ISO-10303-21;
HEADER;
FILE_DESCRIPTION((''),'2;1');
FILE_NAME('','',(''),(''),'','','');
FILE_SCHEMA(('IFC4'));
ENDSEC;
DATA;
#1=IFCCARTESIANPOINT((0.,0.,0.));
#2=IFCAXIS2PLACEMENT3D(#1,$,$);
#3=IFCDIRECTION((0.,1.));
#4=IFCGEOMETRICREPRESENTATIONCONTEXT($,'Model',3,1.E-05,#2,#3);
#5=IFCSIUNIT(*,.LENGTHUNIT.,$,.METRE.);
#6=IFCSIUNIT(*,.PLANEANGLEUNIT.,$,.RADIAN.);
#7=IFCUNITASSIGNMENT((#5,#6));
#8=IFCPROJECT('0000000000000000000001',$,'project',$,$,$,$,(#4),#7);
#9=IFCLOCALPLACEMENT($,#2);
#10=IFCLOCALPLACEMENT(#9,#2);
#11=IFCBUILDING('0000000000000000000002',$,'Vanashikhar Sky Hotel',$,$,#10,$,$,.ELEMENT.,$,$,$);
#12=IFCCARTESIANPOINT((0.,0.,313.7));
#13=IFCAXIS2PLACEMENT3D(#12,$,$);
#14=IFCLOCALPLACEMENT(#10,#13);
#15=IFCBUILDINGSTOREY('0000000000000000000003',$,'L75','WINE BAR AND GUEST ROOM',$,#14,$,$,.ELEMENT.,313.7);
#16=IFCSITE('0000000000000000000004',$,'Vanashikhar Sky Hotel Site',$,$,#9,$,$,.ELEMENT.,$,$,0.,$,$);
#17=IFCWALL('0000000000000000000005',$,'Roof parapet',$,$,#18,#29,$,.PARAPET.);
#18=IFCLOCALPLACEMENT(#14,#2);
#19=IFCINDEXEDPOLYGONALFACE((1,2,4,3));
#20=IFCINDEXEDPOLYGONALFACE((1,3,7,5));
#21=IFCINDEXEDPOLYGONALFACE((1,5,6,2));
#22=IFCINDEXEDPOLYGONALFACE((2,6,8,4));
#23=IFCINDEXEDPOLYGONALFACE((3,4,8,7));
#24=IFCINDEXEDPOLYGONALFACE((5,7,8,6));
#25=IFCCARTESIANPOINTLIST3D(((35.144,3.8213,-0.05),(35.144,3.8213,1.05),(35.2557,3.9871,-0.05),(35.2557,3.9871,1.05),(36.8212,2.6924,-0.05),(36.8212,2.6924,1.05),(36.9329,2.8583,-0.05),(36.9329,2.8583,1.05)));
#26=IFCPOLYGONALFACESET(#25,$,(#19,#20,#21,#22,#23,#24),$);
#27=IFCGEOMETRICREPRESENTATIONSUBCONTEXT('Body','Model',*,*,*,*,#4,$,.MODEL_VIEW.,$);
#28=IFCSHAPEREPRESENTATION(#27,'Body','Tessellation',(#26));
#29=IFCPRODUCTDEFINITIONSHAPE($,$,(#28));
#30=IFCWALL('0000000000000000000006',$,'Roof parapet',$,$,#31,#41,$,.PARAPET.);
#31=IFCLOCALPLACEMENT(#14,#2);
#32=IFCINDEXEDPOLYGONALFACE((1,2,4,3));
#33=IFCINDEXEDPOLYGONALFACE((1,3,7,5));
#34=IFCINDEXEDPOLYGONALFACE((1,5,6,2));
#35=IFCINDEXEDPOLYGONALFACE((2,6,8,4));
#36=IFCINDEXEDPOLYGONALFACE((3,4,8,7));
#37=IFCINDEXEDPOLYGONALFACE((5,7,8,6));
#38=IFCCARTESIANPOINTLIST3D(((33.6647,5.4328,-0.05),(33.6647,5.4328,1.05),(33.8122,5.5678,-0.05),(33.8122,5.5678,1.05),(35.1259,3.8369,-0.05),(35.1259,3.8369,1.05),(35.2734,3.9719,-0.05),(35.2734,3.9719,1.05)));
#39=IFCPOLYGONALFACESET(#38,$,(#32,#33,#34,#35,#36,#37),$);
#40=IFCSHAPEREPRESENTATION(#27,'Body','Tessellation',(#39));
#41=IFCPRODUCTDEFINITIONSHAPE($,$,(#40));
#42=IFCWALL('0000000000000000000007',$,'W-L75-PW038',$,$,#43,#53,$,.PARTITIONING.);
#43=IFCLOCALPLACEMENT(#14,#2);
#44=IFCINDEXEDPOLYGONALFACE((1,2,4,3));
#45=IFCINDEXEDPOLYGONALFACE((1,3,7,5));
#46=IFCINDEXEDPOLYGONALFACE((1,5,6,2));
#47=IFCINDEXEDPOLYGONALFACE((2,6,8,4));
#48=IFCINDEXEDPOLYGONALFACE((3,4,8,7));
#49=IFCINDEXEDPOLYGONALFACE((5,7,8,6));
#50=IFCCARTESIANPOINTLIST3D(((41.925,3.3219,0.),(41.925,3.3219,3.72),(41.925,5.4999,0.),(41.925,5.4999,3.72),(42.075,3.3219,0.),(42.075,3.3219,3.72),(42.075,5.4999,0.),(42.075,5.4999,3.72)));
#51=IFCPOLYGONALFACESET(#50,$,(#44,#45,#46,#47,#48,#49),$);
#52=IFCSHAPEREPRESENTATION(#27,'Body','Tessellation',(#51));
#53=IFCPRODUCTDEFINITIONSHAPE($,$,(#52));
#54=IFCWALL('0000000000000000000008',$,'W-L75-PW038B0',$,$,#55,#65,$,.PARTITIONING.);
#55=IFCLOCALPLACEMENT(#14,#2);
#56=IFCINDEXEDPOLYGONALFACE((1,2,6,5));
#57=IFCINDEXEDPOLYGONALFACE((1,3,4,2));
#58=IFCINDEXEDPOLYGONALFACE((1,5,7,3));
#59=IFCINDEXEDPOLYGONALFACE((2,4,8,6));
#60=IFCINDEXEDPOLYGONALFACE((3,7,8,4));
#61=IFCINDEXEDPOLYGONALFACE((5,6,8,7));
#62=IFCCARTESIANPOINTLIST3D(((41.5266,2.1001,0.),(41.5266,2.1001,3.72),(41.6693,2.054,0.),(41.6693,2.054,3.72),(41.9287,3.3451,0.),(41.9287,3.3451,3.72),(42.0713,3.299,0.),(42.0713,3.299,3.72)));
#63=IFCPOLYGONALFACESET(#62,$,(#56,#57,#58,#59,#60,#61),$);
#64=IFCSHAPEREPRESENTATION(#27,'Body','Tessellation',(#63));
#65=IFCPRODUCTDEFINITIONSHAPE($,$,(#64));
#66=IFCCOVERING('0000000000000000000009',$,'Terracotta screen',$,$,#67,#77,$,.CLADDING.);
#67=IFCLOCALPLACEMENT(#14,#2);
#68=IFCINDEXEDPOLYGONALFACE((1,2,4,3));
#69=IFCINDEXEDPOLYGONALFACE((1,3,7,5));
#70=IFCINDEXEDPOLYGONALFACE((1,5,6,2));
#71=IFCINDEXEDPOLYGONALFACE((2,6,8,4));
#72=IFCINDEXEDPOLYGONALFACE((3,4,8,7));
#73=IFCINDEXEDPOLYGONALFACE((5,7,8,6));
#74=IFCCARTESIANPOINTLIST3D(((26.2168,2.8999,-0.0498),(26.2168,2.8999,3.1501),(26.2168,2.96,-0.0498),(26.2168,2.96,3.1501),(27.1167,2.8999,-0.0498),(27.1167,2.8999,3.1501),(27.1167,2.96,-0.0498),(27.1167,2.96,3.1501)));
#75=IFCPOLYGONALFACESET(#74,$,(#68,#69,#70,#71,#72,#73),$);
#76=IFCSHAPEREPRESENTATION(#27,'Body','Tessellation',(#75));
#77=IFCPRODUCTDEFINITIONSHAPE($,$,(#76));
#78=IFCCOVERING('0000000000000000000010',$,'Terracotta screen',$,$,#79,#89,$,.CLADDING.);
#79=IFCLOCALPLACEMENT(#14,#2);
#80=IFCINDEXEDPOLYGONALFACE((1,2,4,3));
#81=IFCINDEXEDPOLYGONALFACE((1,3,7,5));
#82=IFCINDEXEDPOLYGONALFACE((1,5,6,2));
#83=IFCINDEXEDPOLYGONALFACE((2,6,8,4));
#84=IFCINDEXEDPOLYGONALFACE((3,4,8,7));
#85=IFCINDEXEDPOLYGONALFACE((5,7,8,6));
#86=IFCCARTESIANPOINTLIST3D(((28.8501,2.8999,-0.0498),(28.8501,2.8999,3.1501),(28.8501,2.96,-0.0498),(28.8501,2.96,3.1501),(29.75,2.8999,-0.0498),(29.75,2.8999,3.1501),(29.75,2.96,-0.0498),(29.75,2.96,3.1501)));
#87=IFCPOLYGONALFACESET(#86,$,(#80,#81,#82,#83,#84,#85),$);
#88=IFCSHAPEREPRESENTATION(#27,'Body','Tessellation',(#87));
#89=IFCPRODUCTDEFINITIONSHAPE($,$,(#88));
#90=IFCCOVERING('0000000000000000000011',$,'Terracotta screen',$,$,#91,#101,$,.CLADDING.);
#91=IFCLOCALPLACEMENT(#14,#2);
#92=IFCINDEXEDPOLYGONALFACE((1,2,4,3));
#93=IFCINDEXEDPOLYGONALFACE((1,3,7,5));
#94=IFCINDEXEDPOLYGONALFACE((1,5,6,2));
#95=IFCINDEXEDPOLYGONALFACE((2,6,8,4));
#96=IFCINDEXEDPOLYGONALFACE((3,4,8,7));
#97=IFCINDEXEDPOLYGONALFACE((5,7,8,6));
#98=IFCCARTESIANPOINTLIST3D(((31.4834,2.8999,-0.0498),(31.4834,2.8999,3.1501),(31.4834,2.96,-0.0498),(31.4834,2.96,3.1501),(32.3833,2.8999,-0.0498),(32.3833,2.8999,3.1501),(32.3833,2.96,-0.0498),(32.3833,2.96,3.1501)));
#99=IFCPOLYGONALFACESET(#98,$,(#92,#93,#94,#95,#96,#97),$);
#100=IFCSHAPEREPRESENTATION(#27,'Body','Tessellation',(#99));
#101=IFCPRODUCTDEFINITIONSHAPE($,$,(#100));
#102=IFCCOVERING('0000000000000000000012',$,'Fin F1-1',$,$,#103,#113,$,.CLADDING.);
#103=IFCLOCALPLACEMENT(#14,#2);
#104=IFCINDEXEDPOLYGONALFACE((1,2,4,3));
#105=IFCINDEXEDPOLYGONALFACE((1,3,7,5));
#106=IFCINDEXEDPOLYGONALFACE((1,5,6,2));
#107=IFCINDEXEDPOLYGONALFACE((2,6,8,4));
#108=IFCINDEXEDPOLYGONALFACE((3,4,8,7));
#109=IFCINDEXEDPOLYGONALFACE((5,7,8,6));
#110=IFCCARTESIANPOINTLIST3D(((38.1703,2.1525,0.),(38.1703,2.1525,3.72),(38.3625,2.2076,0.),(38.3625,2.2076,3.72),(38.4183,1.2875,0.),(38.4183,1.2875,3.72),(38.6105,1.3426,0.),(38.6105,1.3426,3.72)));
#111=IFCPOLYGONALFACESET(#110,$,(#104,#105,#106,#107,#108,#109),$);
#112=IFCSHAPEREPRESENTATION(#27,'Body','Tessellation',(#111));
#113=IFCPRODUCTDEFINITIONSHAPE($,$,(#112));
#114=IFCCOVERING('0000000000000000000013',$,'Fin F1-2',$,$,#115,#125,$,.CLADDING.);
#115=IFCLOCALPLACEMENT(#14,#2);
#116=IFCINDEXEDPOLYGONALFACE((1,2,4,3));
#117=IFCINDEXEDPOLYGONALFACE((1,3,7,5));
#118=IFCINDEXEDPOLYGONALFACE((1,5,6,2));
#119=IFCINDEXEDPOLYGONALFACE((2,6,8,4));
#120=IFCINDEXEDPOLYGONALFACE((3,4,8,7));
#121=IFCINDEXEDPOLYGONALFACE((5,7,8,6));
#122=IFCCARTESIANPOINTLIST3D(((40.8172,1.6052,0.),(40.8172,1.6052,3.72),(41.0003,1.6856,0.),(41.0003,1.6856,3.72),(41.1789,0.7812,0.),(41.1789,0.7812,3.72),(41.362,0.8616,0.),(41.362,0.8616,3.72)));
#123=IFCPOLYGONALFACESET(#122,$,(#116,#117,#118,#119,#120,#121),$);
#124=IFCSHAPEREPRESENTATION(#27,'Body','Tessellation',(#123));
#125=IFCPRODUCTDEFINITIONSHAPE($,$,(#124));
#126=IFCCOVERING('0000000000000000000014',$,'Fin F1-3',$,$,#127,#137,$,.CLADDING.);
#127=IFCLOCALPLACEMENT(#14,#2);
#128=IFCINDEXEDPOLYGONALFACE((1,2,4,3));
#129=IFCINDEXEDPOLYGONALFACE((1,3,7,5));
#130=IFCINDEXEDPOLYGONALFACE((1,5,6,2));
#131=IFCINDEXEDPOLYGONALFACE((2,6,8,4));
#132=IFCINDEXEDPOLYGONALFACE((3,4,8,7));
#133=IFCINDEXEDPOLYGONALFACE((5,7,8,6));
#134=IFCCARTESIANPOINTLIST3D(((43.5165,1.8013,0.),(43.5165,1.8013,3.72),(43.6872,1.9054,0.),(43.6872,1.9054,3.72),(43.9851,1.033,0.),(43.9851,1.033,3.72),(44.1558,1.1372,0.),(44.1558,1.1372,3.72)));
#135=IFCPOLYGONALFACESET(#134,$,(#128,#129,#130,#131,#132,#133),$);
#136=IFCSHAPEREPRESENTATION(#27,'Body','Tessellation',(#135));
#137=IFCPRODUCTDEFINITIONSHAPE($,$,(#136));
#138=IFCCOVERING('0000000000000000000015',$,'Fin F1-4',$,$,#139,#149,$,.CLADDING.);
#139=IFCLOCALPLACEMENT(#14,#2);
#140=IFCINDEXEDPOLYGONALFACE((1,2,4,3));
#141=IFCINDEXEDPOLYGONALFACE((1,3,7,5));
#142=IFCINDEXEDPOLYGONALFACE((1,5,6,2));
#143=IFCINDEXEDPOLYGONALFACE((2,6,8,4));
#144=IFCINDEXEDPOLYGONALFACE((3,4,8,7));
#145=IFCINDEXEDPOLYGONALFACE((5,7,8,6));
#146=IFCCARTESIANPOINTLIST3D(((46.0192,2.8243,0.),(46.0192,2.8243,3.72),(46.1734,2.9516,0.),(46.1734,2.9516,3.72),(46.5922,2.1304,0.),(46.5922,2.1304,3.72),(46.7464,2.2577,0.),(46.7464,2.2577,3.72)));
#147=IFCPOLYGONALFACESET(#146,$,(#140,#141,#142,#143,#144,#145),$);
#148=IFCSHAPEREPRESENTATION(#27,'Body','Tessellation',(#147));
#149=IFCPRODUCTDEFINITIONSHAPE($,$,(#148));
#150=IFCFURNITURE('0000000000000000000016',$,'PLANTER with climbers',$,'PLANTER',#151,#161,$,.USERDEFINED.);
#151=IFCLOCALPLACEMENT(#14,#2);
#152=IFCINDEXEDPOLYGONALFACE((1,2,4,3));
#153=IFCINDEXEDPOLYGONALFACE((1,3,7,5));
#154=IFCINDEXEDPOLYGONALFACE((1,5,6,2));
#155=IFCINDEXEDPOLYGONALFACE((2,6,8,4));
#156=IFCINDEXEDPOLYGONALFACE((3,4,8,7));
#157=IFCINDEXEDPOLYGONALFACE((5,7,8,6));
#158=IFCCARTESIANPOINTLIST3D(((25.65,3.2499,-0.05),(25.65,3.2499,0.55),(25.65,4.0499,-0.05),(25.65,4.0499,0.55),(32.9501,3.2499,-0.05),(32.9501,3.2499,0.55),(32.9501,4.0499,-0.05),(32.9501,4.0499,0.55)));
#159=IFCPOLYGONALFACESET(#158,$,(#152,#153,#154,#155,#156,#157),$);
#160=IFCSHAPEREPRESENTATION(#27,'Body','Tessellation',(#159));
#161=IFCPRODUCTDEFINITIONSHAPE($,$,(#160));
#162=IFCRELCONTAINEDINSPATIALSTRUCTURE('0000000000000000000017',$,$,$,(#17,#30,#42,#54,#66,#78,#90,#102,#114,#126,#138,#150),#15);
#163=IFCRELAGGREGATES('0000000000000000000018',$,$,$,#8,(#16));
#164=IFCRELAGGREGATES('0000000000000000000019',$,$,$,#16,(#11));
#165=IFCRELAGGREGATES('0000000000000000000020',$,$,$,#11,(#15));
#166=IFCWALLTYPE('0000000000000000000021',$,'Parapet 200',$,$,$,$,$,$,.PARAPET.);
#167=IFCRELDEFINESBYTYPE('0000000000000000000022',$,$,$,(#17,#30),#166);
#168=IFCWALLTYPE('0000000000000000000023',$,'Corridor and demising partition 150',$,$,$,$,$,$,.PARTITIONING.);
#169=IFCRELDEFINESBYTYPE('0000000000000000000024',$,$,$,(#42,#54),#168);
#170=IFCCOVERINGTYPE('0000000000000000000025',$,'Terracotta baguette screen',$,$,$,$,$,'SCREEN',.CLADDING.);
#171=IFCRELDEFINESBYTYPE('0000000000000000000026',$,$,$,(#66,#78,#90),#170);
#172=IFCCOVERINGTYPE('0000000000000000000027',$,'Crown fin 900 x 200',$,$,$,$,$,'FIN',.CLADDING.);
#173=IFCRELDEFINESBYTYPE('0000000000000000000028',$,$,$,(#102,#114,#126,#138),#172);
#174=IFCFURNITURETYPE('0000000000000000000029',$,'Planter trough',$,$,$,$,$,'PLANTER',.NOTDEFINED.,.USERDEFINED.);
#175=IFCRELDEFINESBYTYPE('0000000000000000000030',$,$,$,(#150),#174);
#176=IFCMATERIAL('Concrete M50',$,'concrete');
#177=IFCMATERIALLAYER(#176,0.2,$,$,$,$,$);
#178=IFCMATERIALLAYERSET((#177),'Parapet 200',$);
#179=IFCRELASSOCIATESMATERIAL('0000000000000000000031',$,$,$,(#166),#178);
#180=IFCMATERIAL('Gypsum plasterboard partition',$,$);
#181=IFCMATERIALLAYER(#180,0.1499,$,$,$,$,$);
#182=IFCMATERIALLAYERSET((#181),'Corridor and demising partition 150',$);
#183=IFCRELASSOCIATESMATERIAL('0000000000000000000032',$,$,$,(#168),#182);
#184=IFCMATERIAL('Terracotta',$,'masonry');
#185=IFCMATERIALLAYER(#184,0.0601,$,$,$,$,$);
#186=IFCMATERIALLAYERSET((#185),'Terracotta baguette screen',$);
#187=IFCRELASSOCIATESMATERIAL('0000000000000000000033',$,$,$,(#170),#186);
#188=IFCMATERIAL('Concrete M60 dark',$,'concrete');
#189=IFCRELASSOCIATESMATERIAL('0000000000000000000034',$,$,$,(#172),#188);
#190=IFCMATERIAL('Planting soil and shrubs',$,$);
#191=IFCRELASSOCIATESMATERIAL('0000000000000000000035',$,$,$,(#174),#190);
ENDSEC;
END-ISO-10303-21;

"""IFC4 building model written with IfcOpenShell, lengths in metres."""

from ifc_helpers import new_model, si_unit, direction, frame, frame_2d, origin, origin_2d, place, context, subcontext, project, spatial, rectangle, extrude, source, transform, mapped, material, layer, layer_set, material_profile, profile_set, type_object, element, save


model = new_model("IFC4")

# Units and contexts
model_context = context("Model", 3, precision=1e-05, world=origin(), true_north=direction((0.0, 1.0)))
body_context = subcontext(model_context, "Body", "Model", "MODEL_VIEW")
ifc_project = project(units=[si_unit("LENGTHUNIT", "METRE"), si_unit("PLANEANGLEUNIT", "RADIAN")], contexts=[model_context])

# Site, building, storey
site_placement = place(None, origin())
site = spatial("IfcSite", under=ifc_project, at=site_placement, Name="Vanashikhar Sky Hotel Site", CompositionType="ELEMENT", RefElevation=0.0)
building_placement = place(site_placement, origin())
building = spatial("IfcBuilding", under=site, at=building_placement, Name="Vanashikhar Sky Hotel", CompositionType="ELEMENT")
storey_placement = place(building_placement, frame((0.0, 0.0, 313.7)))
storey = spatial("IfcBuildingStorey", under=building, at=storey_placement, Name="L75", Description="WINE BAR AND GUEST ROOM", CompositionType="ELEMENT", Elevation=313.7)

# Shared definitions
ifc_material_1 = material(Name="Concrete M50", Category="concrete")

# Walls
ifc_layer_1 = layer(ifc_material_1, 0.2)
ifc_layer_set_1 = layer_set([ifc_layer_1], Name="Parapet 200")
wall_type_1 = type_object("IfcWallType", Name="Parapet 200", PredefinedType="PARAPET", material=ifc_layer_set_1)
shared_shape_1 = source(origin(), body_context, "Body", "SweptSolid", [
    extrude(rectangle(XDim=2.0217, YDim=0.2, at=frame_2d((1.0107, 0.0))), origin(), (0.0, 0.0, 1.0), 1.1001),
])
wall_1_placement = place(storey_placement, frame((36.877, 2.7754, -0.05), z_axis=(0.0, 0.0, 1.0), x_axis=(-0.82959, 0.558373, 0.0)))
element("IfcWall", 1, at=wall_1_placement, inside=storey, type_object=wall_type_1, Name="Roof parapet", PredefinedType="PARAPET", context=body_context, shape_type="MappedRepresentation", body=[
    mapped(shared_shape_1, transform((0.0, 0.0, 0.0), scale=1.0)),
])
shared_shape_2 = source(origin(), body_context, "Body", "SweptSolid", [
    extrude(rectangle(XDim=2.1638, YDim=0.2, at=frame_2d((1.082, 0.0))), origin(), (0.0, 0.0, 1.0), 1.1001),
])
wall_2_placement = place(storey_placement, frame((35.1997, 3.9043, -0.05), z_axis=(0.0, 0.0, 1.0), x_axis=(-0.67528, 0.737561, 0.0)))
element("IfcWall", 2, at=wall_2_placement, inside=storey, type_object=wall_type_1, Name="Roof parapet", PredefinedType="PARAPET", context=body_context, shape_type="MappedRepresentation", body=[
    mapped(shared_shape_2, transform((0.0, 0.0, 0.0), scale=1.0)),
])
ifc_material_2 = material(Name="Gypsum plasterboard partition")
ifc_layer_2 = layer(ifc_material_2, 0.1499)
ifc_layer_set_2 = layer_set([ifc_layer_2], Name="Corridor and demising partition 150")
wall_type_2 = type_object("IfcWallType", Name="Corridor and demising partition 150", PredefinedType="PARTITIONING", material=ifc_layer_set_2)
shared_shape_3 = source(origin(), body_context, "Body", "SweptSolid", [
    extrude(rectangle(XDim=2.178, YDim=0.1499, at=frame_2d((1.0889, 0.0))), origin(), (0.0, 0.0, 1.0), 3.72),
])
wall_3_placement = place(storey_placement, frame((42.0, 3.322, 0.0), z_axis=(0.0, 0.0, 1.0), x_axis=(0.0, 1.0, 0.0)))
element("IfcWall", 3, at=wall_3_placement, inside=storey, type_object=wall_type_2, Name="W-L75-PW038", PredefinedType="PARTITIONING", context=body_context, shape_type="MappedRepresentation", body=[
    mapped(shared_shape_3, transform((0.0, 0.0, 0.0), scale=1.0)),
])
shared_shape_4 = source(origin(), body_context, "Body", "SweptSolid", [
    extrude(rectangle(XDim=1.3083, YDim=0.1499, at=frame_2d((0.6543, 0.0))), origin(), (0.0, 0.0, 1.0), 3.72),
])
wall_4_placement = place(storey_placement, frame((41.5979, 2.0769, 0.0), z_axis=(0.0, 0.0, 1.0), x_axis=(0.307314, 0.951608, 0.0)))
element("IfcWall", 4, at=wall_4_placement, inside=storey, type_object=wall_type_2, Name="W-L75-PW038B0", PredefinedType="PARTITIONING", context=body_context, shape_type="MappedRepresentation", body=[
    mapped(shared_shape_4, transform((0.0, 0.0, 0.0), scale=1.0)),
])

# Coverings
ifc_material_3 = material(Name="Terracotta", Category="masonry")
ifc_layer_3 = layer(ifc_material_3, 0.0601)
ifc_layer_set_3 = layer_set([ifc_layer_3], Name="Terracotta baguette screen")
covering_type_1 = type_object("IfcCoveringType", Name="Terracotta baguette screen", ElementType="SCREEN", PredefinedType="CLADDING", material=ifc_layer_set_3)
shared_shape_5 = source(origin(), body_context, "Body", "SweptSolid", [
    extrude(rectangle(XDim=0.8999, YDim=0.0601, at=origin_2d()), origin(), (0.0, 0.0, 1.0), 3.2),
])
for number, where, z_axis, x_axis, name in (
    (5, (26.6667, 2.9299, -0.0498), (0.0, 0.0, 1.0), (1.0, 0.0, 0.0), "Terracotta screen"),
    (6, (29.3, 2.9299, -0.0498), (0.0, 0.0, 1.0), (1.0, 0.0, 0.0), "Terracotta screen"),
    (7, (31.9333, 2.9299, -0.0498), (0.0, 0.0, 1.0), (1.0, 0.0, 0.0), "Terracotta screen"),
):
    element("IfcCovering", number, at=place(storey_placement, frame(where, z_axis=z_axis, x_axis=x_axis)), inside=storey, type_object=covering_type_1, Name=name, PredefinedType="CLADDING", context=body_context, shape_type="MappedRepresentation", body=[
        mapped(shared_shape_5, transform((0.0, 0.0, 0.0), scale=1.0)),
    ])
ifc_material_4 = material(Name="Concrete M60 dark", Category="concrete")
ifc_material_profile = material_profile(ifc_material_4, rectangle(XDim=0.8999, YDim=0.2, at=origin_2d()))
ifc_profile_set = profile_set([ifc_material_profile], Name="Crown fin 900 x 200")
covering_type_2 = type_object("IfcCoveringType", Name="Crown fin 900 x 200", ElementType="FIN", PredefinedType="CLADDING", material=ifc_profile_set)
shared_shape_6 = source(origin(), body_context, "Body", "SweptSolid", [
    extrude(rectangle(XDim=0.8999, YDim=0.2, at=origin_2d()), origin(), (0.0, 0.0, 1.0), 3.72),
])
for number, where, z_axis, x_axis, name in (
    (8, (38.3904, 1.7476, 0.0), (0.0, 0.0, 1.0), (0.275604, -0.961271, 0.0), "Fin F1-1"),
    (9, (41.0896, 1.2334, 0.0), (0.0, 0.0, 1.0), (0.401868, -0.915698, 0.0), "Fin F1-2"),
    (10, (43.8362, 1.4692, 0.0), (0.0, 0.0, 1.0), (0.520697, -0.853742, 0.0), "Fin F1-3"),
    (11, (46.3828, 2.541, 0.0), (0.0, 0.0, 1.0), (0.636738, -0.77108, 0.0), "Fin F1-4"),
):
    element("IfcCovering", number, at=place(storey_placement, frame(where, z_axis=z_axis, x_axis=x_axis)), inside=storey, type_object=covering_type_2, Name=name, PredefinedType="CLADDING", context=body_context, shape_type="MappedRepresentation", body=[
        mapped(shared_shape_6, transform((0.0, 0.0, 0.0), scale=1.0)),
    ])

# Furniture
ifc_material_5 = material(Name="Planting soil and shrubs")
furniture_type = type_object("IfcFurnitureType", Name="Planter trough", ElementType="PLANTER", AssemblyPlace="NOTDEFINED", PredefinedType="USERDEFINED", material=ifc_material_5)
shared_shape_7 = source(origin(), body_context, "Body", "SweptSolid", [
    extrude(rectangle(XDim=7.3, YDim=0.8, at=origin_2d()), origin(), (0.0, 0.0, 1.0), 0.6001),
])
furniture_placement = place(storey_placement, frame((29.3, 3.6499, -0.05), z_axis=(0.0, 0.0, 1.0), x_axis=(1.0, 0.0, 0.0)))
element("IfcFurniture", 12, at=furniture_placement, inside=storey, type_object=furniture_type, Name="PLANTER with climbers", ObjectType="PLANTER", PredefinedType="USERDEFINED", context=body_context, shape_type="MappedRepresentation", body=[
    mapped(shared_shape_7, transform((0.0, 0.0, 0.0), scale=1.0)),
])

save(model, "model.ifc")
